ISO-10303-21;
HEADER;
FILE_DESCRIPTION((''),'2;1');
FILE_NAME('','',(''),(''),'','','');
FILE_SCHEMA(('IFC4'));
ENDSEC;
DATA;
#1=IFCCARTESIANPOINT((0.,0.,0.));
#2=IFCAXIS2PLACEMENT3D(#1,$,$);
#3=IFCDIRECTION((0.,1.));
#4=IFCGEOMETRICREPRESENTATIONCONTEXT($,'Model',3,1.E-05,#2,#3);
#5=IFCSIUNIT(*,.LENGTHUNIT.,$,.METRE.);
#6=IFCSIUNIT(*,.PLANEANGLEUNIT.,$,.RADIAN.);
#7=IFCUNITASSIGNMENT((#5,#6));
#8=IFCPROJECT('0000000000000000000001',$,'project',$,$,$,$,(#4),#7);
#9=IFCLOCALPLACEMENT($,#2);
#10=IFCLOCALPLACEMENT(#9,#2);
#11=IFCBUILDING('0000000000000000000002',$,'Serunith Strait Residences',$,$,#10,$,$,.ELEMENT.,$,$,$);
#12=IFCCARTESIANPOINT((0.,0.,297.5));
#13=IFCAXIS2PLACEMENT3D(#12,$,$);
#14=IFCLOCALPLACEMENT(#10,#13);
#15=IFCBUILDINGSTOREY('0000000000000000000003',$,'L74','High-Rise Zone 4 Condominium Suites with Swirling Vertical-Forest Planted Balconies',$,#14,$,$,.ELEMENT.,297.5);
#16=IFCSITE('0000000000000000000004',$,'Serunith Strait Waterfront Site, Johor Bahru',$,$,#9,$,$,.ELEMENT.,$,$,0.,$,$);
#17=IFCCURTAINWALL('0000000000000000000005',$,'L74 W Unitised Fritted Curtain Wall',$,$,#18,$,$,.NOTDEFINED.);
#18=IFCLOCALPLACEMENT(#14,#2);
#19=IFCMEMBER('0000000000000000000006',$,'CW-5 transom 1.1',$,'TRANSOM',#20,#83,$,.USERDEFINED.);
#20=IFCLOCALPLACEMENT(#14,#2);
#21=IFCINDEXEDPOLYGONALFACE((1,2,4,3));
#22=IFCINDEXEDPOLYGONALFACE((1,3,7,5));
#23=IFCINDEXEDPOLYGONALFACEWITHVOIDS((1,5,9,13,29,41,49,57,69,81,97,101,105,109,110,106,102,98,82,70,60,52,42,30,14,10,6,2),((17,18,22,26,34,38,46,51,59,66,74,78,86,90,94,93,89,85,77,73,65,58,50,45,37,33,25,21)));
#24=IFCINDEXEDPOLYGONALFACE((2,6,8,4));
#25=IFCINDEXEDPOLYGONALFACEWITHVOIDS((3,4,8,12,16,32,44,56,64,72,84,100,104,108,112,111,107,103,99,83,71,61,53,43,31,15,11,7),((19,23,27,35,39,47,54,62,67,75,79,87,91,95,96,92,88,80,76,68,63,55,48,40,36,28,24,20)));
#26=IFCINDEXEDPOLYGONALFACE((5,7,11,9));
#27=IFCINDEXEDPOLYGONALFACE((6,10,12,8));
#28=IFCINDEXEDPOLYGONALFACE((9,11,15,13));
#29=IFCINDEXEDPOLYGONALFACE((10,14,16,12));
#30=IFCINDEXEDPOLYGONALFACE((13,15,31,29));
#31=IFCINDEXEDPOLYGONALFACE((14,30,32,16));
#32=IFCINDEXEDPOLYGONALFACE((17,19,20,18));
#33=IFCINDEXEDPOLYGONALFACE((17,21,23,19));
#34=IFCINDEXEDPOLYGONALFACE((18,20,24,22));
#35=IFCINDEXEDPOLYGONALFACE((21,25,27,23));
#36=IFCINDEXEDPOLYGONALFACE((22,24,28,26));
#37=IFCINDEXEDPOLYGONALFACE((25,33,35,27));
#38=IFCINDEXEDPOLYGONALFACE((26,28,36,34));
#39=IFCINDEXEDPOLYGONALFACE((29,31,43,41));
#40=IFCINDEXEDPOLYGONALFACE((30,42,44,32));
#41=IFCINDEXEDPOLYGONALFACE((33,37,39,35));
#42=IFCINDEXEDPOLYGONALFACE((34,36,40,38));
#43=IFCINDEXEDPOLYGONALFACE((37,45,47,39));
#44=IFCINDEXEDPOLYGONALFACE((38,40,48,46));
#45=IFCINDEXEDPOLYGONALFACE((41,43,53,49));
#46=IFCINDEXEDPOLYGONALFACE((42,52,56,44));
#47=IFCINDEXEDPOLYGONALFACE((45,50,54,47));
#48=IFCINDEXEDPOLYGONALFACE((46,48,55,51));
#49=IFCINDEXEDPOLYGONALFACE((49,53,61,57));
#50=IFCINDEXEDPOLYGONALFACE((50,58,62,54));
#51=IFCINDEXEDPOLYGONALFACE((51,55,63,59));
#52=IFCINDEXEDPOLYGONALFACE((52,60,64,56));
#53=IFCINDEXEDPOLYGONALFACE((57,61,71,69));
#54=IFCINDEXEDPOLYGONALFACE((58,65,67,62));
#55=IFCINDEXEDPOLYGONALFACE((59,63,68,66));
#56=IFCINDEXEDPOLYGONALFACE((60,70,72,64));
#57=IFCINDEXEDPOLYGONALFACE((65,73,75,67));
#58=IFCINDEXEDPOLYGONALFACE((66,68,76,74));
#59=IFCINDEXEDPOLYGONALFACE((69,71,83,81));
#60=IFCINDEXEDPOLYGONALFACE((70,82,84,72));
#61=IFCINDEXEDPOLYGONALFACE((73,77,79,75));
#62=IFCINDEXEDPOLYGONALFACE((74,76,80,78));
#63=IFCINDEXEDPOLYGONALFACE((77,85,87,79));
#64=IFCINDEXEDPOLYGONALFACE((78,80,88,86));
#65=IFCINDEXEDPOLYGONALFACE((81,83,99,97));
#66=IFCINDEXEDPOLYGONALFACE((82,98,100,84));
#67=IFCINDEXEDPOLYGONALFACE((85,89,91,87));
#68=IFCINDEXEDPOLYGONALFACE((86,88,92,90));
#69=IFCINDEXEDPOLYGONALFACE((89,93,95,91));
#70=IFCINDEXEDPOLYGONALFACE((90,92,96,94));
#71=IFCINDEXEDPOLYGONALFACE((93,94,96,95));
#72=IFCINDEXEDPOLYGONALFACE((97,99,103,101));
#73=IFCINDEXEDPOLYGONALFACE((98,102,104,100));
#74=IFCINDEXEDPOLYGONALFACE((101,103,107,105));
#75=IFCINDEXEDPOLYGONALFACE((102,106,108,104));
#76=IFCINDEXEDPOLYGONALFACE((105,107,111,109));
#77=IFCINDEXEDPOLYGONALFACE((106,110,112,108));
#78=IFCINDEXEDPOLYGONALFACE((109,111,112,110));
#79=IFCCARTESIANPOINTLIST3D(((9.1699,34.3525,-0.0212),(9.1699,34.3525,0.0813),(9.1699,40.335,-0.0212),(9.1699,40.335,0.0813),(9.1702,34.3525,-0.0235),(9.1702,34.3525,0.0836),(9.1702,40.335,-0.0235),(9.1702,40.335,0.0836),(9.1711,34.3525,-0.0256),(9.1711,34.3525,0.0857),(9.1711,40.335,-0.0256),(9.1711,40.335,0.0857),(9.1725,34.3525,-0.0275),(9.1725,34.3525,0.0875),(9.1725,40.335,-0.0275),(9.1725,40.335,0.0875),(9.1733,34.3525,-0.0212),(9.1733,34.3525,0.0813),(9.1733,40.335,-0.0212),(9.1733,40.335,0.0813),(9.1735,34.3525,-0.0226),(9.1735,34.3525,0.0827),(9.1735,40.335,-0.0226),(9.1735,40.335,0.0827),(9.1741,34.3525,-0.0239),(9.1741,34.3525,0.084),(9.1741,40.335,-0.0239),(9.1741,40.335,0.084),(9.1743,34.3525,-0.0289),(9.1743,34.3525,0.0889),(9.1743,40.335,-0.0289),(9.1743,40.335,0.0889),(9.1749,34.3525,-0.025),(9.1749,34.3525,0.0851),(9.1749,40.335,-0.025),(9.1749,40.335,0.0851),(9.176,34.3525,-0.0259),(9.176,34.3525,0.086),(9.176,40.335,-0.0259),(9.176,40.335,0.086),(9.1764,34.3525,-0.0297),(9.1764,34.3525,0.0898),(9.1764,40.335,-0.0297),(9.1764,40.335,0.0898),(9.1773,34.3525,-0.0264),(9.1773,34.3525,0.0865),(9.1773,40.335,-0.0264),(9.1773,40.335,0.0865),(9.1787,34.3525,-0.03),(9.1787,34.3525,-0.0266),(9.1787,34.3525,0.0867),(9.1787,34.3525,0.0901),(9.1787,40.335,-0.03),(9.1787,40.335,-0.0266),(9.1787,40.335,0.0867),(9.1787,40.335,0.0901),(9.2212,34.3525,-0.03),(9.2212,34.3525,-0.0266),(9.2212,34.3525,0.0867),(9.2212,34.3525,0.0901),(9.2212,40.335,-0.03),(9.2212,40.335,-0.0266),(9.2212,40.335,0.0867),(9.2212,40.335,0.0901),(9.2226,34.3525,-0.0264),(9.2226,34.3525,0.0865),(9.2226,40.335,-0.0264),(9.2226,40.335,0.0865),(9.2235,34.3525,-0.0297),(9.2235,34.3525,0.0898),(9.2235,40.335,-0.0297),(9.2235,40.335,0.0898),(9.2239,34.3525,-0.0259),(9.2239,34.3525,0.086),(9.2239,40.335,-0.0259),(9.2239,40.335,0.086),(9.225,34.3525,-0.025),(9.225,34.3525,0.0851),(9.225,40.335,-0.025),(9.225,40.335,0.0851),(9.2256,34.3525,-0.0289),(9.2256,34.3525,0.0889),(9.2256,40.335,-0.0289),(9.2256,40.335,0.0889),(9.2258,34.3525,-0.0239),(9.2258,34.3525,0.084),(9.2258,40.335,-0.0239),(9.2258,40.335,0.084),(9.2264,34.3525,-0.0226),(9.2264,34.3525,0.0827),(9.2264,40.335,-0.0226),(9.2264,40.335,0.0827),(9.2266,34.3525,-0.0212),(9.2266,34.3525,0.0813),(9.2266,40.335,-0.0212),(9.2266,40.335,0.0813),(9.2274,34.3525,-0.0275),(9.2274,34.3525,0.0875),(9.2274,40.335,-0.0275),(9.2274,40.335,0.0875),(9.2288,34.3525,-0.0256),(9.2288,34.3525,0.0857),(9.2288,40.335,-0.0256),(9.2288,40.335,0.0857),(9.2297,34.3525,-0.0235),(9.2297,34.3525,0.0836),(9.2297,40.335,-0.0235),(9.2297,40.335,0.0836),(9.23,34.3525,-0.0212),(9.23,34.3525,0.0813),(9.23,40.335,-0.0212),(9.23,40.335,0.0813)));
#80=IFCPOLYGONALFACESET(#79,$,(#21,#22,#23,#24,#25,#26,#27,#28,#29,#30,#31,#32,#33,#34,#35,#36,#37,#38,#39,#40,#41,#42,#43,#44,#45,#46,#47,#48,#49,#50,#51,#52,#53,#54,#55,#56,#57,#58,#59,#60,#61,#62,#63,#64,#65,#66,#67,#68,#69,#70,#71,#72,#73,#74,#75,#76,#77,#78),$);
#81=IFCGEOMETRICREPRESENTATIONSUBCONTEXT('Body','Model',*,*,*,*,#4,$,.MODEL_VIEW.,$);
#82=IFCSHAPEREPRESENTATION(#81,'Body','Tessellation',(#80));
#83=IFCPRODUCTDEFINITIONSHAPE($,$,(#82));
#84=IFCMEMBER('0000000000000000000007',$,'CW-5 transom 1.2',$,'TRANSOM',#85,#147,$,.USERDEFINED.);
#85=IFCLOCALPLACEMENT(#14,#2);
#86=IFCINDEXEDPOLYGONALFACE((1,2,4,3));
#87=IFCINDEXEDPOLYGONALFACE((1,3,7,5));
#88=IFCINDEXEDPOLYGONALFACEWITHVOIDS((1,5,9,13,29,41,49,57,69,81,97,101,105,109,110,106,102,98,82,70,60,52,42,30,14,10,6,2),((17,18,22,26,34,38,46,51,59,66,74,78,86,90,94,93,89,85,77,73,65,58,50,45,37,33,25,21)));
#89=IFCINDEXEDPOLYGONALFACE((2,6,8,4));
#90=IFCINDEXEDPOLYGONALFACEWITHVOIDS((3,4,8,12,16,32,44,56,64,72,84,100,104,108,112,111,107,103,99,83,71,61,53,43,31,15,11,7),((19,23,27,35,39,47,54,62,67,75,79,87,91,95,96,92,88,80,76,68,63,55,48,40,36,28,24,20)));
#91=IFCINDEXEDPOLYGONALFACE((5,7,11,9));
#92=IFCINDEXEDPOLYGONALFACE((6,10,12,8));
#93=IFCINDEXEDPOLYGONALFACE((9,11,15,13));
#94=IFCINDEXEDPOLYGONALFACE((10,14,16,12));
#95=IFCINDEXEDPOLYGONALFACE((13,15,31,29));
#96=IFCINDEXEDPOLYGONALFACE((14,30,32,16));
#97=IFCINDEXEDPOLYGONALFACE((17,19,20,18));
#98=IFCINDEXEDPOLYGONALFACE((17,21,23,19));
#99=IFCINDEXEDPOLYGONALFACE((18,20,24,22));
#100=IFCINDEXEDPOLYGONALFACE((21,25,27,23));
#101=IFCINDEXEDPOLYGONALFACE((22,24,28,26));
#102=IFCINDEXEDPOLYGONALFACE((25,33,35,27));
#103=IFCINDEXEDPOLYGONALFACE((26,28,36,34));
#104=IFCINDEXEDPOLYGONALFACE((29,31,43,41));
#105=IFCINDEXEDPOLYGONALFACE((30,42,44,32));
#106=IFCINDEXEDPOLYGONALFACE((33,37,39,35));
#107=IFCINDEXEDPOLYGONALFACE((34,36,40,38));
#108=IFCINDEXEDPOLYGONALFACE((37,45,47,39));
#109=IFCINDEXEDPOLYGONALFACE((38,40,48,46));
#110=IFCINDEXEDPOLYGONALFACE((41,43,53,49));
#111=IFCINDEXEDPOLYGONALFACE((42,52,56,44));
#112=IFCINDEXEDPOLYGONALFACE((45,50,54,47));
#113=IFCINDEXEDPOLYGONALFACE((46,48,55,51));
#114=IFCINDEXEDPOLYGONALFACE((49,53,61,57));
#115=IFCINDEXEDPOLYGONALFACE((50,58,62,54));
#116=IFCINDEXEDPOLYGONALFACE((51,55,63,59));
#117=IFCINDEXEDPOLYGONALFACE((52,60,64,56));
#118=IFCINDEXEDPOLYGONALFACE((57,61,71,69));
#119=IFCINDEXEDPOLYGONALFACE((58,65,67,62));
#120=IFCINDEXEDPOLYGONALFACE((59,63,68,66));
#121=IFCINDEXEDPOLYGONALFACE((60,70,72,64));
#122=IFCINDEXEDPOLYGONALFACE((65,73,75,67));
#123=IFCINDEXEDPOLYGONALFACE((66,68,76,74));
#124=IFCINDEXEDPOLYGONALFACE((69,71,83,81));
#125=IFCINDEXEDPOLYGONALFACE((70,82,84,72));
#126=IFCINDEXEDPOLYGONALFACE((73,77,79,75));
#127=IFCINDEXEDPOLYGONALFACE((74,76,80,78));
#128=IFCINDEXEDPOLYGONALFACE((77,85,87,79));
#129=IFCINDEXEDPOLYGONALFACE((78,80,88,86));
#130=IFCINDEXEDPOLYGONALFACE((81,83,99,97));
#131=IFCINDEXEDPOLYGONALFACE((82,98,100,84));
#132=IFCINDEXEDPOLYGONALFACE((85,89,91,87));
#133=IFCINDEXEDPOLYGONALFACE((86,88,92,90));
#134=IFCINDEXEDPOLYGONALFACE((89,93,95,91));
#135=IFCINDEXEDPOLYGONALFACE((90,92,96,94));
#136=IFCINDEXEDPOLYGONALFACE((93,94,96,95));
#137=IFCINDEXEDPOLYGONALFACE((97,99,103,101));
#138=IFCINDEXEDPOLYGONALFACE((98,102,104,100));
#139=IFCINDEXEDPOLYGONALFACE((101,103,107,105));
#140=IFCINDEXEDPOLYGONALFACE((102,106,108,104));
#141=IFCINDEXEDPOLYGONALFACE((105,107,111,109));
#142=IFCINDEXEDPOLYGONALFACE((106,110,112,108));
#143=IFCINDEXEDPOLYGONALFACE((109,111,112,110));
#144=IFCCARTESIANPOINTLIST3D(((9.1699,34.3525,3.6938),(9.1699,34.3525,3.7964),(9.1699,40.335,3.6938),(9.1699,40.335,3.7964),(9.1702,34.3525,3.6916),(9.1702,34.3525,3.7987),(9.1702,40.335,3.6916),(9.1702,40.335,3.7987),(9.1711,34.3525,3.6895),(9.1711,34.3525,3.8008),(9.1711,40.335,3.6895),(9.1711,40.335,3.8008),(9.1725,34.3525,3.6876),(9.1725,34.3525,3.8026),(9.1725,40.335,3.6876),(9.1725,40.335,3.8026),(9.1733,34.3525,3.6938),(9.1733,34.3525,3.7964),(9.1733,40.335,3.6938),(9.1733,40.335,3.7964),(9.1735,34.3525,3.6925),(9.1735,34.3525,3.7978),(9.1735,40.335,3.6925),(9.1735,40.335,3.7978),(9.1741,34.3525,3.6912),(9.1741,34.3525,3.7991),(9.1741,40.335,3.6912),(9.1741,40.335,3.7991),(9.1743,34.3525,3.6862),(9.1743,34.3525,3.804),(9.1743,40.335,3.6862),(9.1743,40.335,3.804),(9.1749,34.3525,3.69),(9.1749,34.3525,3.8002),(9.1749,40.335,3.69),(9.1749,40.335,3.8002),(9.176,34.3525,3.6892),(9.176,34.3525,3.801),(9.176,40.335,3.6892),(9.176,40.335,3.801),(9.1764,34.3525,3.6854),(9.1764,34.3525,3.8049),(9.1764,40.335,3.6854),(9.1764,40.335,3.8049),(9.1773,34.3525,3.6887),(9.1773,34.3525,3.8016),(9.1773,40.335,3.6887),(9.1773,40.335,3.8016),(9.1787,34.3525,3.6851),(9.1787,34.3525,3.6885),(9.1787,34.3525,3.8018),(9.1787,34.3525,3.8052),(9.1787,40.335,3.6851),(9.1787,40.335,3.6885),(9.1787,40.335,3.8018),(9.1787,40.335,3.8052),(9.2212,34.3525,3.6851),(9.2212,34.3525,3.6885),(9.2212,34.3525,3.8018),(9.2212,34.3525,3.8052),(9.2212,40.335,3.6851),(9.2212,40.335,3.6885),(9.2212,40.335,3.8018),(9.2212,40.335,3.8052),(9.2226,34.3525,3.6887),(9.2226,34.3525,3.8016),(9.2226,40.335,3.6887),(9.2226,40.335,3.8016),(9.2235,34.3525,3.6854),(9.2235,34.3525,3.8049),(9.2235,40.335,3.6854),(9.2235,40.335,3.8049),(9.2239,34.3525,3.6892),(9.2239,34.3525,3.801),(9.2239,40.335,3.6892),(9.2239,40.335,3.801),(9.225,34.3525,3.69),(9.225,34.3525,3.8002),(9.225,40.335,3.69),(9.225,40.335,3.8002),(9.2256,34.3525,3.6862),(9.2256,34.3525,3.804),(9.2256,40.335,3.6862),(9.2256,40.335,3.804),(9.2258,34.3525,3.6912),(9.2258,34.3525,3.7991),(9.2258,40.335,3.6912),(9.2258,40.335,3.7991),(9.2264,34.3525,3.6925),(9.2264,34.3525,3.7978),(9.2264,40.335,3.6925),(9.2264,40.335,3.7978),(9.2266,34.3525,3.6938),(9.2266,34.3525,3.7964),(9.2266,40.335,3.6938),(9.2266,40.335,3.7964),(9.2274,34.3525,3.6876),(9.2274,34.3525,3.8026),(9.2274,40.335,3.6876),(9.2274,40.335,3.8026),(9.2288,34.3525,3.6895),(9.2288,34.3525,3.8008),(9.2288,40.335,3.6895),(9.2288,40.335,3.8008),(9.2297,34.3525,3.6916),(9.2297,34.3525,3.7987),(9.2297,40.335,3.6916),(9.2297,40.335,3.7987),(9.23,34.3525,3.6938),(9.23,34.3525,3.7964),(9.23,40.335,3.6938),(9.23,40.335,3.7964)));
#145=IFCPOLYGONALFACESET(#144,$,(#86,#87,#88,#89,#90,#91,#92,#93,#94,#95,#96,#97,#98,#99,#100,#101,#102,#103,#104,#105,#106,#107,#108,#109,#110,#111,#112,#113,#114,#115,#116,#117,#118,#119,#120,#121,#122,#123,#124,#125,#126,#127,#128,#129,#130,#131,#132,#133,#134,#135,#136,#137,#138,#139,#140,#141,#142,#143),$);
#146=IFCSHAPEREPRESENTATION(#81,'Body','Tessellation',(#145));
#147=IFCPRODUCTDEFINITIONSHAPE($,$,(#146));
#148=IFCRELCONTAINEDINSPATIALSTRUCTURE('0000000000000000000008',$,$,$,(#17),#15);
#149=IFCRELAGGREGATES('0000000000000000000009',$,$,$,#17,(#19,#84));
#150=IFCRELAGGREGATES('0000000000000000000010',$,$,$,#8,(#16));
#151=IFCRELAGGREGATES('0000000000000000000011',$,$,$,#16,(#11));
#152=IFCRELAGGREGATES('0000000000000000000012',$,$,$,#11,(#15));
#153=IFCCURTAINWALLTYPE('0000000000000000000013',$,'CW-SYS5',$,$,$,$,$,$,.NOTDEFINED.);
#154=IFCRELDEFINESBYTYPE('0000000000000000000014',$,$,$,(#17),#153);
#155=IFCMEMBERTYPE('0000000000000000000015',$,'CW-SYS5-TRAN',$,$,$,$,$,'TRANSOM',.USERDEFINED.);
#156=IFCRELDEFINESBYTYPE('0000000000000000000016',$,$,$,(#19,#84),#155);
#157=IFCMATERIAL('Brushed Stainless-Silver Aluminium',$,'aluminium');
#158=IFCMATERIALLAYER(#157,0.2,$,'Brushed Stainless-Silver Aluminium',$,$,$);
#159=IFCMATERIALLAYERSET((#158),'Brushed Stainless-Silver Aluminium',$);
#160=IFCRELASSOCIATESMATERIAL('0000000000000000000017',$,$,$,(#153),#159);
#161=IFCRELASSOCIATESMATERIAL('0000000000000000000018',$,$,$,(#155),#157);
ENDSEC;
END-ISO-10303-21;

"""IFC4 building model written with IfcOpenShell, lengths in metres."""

from ifc_helpers import new_model, si_unit, direction, frame, origin, origin_2d, place, context, subcontext, project, spatial, hollow_rectangle, extrude, source, transform, mapped, material, layer, layer_set, material_profile, profile_set, type_object, element, aggregate, save


model = new_model("IFC4")

# Units and contexts
model_context = context("Model", 3, precision=1e-05, world=origin(), true_north=direction((0.0, 1.0)))
body_context = subcontext(model_context, "Body", "Model", "MODEL_VIEW")
ifc_project = project(units=[si_unit("LENGTHUNIT", "METRE"), si_unit("PLANEANGLEUNIT", "RADIAN")], contexts=[model_context])

# Site, building, storey
site_placement = place(None, origin())
site = spatial("IfcSite", under=ifc_project, at=site_placement, Name="Serunith Strait Waterfront Site, Johor Bahru", CompositionType="ELEMENT", RefElevation=0.0)
building_placement = place(site_placement, origin())
building = spatial("IfcBuilding", under=site, at=building_placement, Name="Serunith Strait Residences", CompositionType="ELEMENT")
storey_placement = place(building_placement, frame((0.0, 0.0, 297.5)))
storey = spatial("IfcBuildingStorey", under=building, at=storey_placement, Name="L74", Description="High-Rise Zone 4 Condominium Suites with Swirling Vertical-Forest Planted Balconies", CompositionType="ELEMENT", Elevation=297.5)

# Curtain wall, members
ifc_material_1 = material(Name="Brushed Stainless-Silver Aluminium", Category="aluminium")
ifc_layer_1 = layer(ifc_material_1, 0.2, Name="Brushed Stainless-Silver Aluminium")
ifc_layer_set_1 = layer_set([ifc_layer_1], Name="Brushed Stainless-Silver Aluminium")
curtain_wall_type = type_object("IfcCurtainWallType", Name="CW-SYS5", PredefinedType="NOTDEFINED", material=ifc_layer_set_1)
curtain_wall_1_placement = place(storey_placement, origin())
curtain_wall_1 = element("IfcCurtainWall", 1, at=curtain_wall_1_placement, inside=storey, type_object=curtain_wall_type, Name="L74 W Unitised Fritted Curtain Wall", PredefinedType="NOTDEFINED")
ifc_material_profile_1 = material_profile(ifc_material_1, hollow_rectangle(XDim=0.0601, YDim=0.1201, WallThickness=0.0034, InnerFilletRadius=0.0054, OuterFilletRadius=0.0088, at=origin_2d()), Name="ALU 120x60x3.5")
ifc_profile_set_1 = profile_set([ifc_material_profile_1], Name="Brushed Stainless-Silver Aluminium")
member_type_1 = type_object("IfcMemberType", Name="CW-SYS5-TRAN", ElementType="TRANSOM", PredefinedType="USERDEFINED", material=ifc_profile_set_1)
shared_shape_1 = source(origin(), body_context, "Body", "SweptSolid", [
    extrude(hollow_rectangle(XDim=0.0601, YDim=0.1201, WallThickness=0.0034, InnerFilletRadius=0.0054, OuterFilletRadius=0.0088, at=origin_2d()), origin(), (0.0, 0.0, 1.0), 5.9824),
])
member_1_placement = place(storey_placement, frame((9.2, 40.335, 0.03), z_axis=(0.0, -1.0, 0.0), x_axis=(1.0, 0.0, 0.0)))
member_1 = element("IfcMember", 2, at=member_1_placement, type_object=member_type_1, Name="CW-5 transom 1.1", ObjectType="TRANSOM", PredefinedType="USERDEFINED", context=body_context, shape_type="MappedRepresentation", body=[
    mapped(shared_shape_1, transform((0.0, 0.0, 0.0), scale=1.0)),
])
member_2_placement = place(storey_placement, frame((9.2, 40.335, 3.7451), z_axis=(0.0, -1.0, 0.0), x_axis=(1.0, 0.0, 0.0)))
member_2 = element("IfcMember", 3, at=member_2_placement, type_object=member_type_1, Name="CW-5 transom 1.2", ObjectType="TRANSOM", PredefinedType="USERDEFINED", context=body_context, shape_type="MappedRepresentation", body=[
    mapped(shared_shape_1, transform((0.0, 0.0, 0.0), scale=1.0)),
])

aggregate(curtain_wall_1, [member_1, member_2])

save(model, "model.ifc")
